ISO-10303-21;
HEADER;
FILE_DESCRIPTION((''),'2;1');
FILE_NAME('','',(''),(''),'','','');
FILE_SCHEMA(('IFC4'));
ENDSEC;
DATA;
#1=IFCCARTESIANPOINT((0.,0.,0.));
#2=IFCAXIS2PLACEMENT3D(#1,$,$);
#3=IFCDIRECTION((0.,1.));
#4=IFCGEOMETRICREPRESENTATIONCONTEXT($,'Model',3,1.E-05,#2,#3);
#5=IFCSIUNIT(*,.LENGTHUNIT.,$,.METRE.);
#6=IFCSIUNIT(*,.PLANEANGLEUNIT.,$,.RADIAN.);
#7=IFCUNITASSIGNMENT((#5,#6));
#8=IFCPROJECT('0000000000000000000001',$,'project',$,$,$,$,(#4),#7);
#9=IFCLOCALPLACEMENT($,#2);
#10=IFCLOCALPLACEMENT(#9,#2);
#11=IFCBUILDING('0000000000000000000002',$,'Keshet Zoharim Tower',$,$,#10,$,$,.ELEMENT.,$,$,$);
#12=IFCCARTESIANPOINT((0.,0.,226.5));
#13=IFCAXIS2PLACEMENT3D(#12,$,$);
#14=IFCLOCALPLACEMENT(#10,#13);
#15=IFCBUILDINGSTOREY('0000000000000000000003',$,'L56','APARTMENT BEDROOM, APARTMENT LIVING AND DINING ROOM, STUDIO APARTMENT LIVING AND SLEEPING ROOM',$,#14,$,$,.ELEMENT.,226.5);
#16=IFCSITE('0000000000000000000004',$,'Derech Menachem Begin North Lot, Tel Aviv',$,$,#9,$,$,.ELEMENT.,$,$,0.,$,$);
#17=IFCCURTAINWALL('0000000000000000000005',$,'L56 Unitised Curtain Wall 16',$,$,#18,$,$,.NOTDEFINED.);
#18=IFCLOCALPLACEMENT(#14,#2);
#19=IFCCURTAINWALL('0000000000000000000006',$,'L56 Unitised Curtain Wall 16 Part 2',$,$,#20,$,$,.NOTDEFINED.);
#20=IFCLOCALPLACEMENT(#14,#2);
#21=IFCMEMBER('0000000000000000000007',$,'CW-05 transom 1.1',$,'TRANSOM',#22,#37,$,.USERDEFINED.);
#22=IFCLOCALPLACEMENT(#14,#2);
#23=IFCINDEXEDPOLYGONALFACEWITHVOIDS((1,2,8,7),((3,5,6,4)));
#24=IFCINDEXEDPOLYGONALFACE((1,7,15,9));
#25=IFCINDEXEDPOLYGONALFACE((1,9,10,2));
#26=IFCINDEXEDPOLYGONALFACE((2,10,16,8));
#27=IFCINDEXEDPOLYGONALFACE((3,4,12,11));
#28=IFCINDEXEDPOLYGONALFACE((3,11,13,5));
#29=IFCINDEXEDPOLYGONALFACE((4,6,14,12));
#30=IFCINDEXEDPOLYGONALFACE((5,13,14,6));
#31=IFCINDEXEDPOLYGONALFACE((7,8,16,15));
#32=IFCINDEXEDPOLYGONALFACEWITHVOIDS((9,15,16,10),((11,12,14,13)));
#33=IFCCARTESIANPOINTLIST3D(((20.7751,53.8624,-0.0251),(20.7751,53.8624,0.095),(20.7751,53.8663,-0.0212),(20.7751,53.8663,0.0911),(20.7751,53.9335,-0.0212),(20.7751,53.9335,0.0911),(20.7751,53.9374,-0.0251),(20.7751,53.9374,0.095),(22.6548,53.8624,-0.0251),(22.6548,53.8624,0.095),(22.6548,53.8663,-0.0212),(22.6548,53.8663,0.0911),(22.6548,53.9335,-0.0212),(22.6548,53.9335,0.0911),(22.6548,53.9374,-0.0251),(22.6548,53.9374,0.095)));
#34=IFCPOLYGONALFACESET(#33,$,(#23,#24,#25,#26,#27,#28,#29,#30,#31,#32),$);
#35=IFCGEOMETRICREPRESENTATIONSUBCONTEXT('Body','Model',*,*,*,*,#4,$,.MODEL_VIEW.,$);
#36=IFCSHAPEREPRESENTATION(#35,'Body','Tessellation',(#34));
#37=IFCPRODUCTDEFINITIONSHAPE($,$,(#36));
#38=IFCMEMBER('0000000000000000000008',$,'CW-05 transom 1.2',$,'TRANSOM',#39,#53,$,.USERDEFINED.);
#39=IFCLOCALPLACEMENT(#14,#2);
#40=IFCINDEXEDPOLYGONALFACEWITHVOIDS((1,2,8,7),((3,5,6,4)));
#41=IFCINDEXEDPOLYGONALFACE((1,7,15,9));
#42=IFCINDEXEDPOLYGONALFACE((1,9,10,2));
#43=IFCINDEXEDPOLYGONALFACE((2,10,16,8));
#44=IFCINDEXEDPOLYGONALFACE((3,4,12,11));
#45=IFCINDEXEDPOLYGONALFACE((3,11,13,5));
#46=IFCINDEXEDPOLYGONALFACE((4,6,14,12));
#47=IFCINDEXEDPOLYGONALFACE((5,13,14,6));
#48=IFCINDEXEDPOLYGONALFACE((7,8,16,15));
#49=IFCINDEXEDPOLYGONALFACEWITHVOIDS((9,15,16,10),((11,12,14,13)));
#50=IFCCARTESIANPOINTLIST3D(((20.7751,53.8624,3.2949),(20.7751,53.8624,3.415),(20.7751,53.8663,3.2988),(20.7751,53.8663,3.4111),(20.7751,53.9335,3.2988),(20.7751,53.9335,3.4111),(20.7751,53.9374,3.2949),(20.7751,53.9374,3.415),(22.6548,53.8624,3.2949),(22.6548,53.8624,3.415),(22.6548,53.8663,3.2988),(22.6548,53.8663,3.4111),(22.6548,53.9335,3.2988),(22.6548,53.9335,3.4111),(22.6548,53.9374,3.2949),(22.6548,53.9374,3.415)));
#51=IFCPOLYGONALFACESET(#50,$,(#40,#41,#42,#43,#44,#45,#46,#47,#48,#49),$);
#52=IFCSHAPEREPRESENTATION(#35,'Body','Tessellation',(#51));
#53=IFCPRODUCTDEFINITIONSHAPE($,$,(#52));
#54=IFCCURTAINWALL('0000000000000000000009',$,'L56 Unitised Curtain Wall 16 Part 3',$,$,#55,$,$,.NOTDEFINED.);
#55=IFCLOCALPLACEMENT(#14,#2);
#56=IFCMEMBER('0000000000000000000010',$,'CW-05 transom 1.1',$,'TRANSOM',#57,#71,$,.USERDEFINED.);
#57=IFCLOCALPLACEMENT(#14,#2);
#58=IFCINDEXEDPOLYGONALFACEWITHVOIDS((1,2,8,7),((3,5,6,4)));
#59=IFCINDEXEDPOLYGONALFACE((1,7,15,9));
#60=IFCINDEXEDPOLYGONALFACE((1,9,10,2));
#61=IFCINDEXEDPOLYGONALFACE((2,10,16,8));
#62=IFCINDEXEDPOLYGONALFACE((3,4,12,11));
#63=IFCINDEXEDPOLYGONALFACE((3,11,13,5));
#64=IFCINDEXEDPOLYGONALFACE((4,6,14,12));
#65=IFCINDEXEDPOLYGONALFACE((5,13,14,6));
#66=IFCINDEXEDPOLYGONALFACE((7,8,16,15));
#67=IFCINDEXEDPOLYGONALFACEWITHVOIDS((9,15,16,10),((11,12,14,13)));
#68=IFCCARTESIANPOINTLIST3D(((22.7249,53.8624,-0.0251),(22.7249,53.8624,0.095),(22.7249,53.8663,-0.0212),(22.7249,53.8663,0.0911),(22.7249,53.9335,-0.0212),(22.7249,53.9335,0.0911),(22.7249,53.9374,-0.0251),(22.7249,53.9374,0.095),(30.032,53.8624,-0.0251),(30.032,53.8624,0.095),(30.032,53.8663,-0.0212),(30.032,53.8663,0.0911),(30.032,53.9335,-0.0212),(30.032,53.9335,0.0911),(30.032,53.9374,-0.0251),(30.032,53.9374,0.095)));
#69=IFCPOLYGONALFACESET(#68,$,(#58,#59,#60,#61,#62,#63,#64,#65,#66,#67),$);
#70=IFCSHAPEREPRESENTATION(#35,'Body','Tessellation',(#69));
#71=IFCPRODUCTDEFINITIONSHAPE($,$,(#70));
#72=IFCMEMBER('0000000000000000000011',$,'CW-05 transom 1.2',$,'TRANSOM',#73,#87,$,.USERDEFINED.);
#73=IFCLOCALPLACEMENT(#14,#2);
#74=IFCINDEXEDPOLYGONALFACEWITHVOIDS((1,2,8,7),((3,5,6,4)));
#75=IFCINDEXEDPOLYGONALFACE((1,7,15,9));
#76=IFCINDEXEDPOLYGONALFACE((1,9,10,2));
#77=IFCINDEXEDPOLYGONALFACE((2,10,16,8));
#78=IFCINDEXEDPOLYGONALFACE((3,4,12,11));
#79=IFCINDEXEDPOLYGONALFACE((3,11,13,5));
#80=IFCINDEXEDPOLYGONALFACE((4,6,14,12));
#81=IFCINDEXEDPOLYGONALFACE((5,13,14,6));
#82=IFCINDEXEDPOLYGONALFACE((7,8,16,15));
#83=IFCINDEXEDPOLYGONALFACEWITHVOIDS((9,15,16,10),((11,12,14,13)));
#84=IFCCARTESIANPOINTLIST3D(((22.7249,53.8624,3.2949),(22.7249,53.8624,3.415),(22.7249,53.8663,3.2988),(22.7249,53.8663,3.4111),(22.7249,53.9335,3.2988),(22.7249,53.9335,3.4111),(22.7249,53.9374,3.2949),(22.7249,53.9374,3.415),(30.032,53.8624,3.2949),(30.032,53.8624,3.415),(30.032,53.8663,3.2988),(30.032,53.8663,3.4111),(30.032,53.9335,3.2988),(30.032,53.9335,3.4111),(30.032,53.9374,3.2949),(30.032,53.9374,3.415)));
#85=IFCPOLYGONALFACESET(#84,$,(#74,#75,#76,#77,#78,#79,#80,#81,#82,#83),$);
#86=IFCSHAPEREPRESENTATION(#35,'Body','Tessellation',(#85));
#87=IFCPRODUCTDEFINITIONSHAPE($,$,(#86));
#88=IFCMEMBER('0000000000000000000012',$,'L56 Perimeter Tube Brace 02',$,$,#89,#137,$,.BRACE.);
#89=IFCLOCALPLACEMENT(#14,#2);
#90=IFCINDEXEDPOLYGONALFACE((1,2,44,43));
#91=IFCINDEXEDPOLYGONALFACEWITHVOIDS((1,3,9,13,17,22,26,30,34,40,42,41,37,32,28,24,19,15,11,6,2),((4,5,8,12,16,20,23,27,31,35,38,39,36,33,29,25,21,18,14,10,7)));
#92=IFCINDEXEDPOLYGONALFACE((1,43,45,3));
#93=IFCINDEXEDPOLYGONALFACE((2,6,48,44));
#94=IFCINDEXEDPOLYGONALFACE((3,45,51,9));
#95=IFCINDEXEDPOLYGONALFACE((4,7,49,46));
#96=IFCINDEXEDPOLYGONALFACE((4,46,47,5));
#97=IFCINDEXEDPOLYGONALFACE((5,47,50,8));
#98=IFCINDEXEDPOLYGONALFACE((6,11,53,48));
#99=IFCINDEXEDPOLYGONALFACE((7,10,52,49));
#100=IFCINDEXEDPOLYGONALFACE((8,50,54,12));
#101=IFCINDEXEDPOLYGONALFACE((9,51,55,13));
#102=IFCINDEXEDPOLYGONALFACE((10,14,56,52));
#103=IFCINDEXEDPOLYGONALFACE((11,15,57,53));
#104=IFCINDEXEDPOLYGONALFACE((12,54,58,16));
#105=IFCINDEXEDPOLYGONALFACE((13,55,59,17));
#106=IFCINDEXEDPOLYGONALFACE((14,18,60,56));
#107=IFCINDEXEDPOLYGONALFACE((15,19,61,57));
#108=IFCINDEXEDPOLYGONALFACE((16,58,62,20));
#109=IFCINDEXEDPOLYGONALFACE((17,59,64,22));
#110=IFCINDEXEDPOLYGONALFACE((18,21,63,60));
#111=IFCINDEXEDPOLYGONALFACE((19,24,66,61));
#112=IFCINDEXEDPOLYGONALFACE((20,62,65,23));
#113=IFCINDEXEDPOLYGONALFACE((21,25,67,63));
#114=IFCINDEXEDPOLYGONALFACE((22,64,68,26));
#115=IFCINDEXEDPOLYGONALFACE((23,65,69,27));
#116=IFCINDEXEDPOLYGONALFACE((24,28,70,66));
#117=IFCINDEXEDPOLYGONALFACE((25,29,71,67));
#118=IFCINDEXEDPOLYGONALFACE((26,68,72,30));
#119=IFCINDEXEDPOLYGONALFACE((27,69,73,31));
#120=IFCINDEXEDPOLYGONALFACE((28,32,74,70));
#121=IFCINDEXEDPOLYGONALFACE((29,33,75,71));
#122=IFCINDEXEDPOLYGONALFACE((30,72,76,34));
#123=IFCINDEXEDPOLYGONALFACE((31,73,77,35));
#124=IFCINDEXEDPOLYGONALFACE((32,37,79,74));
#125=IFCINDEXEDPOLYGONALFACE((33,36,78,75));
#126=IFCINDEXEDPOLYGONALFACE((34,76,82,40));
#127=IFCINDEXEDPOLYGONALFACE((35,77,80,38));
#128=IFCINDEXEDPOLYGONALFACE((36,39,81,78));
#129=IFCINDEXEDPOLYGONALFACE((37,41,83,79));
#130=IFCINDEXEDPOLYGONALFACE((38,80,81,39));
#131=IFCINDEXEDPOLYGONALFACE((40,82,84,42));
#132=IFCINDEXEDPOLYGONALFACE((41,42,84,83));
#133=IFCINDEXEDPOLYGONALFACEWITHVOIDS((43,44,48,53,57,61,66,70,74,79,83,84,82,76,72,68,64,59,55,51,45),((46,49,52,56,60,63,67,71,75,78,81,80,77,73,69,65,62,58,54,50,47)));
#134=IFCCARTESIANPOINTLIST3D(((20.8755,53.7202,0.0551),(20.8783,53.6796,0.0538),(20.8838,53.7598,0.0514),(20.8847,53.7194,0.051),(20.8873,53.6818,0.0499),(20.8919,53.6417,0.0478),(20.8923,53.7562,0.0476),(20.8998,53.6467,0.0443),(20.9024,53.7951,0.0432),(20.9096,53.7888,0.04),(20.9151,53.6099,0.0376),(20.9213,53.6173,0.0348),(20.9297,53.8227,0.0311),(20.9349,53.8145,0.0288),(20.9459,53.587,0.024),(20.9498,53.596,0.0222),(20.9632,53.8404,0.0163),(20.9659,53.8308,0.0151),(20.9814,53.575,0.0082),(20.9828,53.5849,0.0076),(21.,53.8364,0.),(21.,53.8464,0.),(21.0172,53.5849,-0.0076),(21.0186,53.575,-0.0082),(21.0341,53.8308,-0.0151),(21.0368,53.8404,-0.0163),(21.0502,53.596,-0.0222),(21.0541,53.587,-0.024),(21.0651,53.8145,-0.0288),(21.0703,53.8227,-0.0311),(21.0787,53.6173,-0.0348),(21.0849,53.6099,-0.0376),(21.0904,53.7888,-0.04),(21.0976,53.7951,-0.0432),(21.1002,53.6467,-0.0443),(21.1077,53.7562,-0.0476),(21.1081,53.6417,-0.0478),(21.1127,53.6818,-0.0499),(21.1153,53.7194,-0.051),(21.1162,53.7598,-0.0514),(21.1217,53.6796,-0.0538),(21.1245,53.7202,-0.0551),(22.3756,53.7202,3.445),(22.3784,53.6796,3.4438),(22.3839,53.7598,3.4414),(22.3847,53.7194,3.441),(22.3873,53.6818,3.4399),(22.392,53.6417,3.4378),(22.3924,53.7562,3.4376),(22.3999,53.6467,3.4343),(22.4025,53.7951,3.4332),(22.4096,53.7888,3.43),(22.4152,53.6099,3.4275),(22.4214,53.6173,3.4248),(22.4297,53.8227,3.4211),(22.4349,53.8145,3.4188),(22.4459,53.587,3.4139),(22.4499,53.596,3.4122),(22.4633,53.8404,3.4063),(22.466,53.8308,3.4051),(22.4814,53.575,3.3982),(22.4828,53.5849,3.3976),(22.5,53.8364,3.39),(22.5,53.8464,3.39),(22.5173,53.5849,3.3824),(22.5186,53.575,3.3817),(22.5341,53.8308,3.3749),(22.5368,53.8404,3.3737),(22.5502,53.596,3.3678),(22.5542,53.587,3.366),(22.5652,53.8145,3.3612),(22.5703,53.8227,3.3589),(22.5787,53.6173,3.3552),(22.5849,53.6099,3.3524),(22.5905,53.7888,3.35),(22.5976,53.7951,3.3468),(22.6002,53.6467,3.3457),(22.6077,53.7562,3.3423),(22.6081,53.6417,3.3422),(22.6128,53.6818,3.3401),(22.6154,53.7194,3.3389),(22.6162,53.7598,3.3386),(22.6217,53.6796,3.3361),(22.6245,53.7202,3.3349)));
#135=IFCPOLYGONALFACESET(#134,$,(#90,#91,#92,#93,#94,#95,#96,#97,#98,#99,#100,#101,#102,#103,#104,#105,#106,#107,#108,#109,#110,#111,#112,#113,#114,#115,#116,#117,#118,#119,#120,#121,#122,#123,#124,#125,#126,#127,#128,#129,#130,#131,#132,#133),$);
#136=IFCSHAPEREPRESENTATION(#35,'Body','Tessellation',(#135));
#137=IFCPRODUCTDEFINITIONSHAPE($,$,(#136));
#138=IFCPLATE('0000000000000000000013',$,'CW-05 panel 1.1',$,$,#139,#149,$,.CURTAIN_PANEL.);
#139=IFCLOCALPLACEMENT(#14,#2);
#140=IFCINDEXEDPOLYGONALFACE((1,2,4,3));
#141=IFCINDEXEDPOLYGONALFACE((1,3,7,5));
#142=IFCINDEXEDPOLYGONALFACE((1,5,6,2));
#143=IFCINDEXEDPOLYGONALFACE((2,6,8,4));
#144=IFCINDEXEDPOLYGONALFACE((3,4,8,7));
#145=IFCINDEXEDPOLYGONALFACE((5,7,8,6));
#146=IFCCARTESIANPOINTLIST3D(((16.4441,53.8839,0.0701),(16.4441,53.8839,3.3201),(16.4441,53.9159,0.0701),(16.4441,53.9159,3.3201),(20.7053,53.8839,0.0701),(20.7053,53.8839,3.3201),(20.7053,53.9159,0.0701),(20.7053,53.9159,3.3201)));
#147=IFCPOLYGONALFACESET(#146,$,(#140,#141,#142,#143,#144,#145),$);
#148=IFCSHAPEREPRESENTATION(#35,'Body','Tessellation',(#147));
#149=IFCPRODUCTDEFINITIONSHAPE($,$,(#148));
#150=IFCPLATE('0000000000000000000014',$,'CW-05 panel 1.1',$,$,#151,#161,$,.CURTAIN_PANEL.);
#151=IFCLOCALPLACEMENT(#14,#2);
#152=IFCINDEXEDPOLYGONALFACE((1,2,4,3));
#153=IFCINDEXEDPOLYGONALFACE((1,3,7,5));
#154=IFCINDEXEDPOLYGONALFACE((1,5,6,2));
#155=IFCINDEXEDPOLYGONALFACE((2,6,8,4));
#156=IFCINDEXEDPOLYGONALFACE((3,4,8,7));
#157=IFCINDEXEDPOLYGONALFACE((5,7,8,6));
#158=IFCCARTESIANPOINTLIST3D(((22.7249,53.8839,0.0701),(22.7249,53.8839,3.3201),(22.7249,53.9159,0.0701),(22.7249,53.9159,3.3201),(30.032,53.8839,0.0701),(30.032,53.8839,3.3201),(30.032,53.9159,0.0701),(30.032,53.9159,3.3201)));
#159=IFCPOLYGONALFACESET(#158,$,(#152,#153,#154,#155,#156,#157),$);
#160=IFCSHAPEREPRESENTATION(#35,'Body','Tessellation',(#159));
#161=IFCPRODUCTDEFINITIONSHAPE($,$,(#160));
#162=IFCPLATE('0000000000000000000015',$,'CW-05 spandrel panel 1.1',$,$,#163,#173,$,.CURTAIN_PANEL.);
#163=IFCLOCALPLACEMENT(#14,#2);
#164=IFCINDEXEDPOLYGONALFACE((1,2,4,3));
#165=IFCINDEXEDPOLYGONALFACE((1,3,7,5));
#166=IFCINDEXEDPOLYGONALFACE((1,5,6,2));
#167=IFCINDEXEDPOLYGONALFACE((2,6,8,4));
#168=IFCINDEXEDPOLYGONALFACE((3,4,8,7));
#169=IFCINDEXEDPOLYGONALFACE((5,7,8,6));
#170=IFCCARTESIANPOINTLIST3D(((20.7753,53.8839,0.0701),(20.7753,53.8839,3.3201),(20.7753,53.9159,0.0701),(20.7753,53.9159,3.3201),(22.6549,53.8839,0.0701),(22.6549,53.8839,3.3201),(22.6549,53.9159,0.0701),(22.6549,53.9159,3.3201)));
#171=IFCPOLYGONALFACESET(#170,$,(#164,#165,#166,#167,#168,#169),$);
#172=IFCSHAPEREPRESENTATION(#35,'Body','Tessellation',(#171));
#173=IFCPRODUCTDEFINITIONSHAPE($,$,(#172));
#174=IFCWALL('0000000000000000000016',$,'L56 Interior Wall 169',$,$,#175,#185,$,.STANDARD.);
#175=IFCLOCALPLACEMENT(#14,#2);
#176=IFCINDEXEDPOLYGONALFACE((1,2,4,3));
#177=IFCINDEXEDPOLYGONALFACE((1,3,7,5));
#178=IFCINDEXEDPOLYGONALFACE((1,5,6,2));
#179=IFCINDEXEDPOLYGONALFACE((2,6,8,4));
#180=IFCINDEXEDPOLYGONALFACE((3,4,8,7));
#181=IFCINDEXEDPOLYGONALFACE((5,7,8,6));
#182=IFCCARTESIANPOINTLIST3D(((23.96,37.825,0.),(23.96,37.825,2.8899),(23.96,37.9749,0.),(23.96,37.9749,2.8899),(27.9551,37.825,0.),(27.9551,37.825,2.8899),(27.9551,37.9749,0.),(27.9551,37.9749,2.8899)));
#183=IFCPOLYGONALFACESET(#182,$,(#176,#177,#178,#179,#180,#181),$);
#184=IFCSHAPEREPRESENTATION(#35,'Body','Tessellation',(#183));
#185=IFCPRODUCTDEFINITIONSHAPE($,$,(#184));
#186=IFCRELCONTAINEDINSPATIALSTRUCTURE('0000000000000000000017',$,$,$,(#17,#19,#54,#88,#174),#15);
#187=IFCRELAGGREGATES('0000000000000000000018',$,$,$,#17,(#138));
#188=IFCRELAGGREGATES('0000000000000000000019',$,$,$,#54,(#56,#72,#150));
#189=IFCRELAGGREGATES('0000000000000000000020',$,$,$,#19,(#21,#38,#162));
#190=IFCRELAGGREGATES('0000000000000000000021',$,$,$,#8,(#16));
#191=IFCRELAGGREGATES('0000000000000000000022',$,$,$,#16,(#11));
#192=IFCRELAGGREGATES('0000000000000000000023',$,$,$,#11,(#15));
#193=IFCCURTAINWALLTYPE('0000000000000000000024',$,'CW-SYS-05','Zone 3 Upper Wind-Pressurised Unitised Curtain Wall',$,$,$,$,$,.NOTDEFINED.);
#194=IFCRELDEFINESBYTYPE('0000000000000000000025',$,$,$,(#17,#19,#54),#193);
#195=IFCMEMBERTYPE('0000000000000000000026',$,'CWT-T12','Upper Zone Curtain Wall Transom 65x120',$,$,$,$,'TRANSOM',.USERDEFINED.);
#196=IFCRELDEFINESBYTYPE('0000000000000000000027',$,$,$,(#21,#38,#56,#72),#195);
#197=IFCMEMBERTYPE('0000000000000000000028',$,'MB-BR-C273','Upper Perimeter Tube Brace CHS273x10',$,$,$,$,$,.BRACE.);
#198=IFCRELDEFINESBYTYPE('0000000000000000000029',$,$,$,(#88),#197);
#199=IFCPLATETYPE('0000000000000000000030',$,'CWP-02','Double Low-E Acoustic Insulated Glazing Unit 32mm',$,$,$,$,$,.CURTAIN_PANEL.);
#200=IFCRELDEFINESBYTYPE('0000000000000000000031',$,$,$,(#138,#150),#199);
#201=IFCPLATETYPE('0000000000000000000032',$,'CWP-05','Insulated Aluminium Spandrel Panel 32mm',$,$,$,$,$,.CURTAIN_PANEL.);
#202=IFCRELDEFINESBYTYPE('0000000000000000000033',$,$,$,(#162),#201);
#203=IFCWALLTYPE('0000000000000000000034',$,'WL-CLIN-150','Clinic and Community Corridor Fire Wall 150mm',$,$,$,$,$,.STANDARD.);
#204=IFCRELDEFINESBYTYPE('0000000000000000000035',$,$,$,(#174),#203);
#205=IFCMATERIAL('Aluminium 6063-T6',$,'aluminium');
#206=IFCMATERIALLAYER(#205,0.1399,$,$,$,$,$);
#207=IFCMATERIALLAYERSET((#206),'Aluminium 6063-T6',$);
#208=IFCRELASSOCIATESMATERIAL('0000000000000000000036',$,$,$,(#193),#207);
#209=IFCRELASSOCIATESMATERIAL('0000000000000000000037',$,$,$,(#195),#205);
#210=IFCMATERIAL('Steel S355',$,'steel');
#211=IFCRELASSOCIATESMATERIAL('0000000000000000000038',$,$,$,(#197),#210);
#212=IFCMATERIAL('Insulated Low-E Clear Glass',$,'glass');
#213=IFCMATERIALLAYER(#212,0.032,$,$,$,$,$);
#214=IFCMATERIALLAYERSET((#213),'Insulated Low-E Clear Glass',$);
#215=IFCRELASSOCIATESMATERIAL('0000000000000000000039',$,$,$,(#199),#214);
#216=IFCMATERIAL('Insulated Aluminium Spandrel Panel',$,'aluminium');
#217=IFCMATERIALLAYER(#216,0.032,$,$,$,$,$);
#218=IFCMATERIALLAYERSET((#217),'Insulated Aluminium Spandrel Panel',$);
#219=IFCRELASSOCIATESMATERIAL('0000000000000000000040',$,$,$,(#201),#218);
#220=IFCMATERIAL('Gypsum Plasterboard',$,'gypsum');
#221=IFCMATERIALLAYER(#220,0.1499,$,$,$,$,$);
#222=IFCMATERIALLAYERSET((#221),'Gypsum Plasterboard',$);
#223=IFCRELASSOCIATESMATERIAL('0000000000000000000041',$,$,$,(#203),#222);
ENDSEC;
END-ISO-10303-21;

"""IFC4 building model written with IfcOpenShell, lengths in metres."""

from ifc_helpers import new_model, si_unit, direction, frame, frame_2d, origin, origin_2d, place, context, subcontext, project, spatial, rectangle, hollow_rectangle, hollow_circle, extrude, material, layer, layer_set, material_profile, profile_set, type_object, element, aggregate, save


model = new_model("IFC4")

# Units and contexts
model_context = context("Model", 3, precision=1e-05, world=origin(), true_north=direction((0.0, 1.0)))
body_context = subcontext(model_context, "Body", "Model", "MODEL_VIEW")
ifc_project = project(units=[si_unit("LENGTHUNIT", "METRE"), si_unit("PLANEANGLEUNIT", "RADIAN")], contexts=[model_context])

# Site, building, storey
site_placement = place(None, origin())
site = spatial("IfcSite", under=ifc_project, at=site_placement, Name="Derech Menachem Begin North Lot, Tel Aviv", CompositionType="ELEMENT", RefElevation=0.0)
building_placement = place(site_placement, origin())
building = spatial("IfcBuilding", under=site, at=building_placement, Name="Keshet Zoharim Tower", CompositionType="ELEMENT")
storey_placement = place(building_placement, frame((0.0, 0.0, 226.5)))
storey = spatial("IfcBuildingStorey", under=building, at=storey_placement, Name="L56", Description="APARTMENT BEDROOM, APARTMENT LIVING AND DINING ROOM, STUDIO APARTMENT LIVING AND SLEEPING ROOM", CompositionType="ELEMENT", Elevation=226.5)

# Shared definitions
ifc_material_1 = material(Name="Steel S355", Category="steel")

# Curtain wall
ifc_material_2 = material(Name="Aluminium 6063-T6", Category="aluminium")
ifc_layer_1 = layer(ifc_material_2, 0.1399)
ifc_layer_set_1 = layer_set([ifc_layer_1], Name="Aluminium 6063-T6")
curtain_wall_type = type_object("IfcCurtainWallType", Name="CW-SYS-05", Description="Zone 3 Upper Wind-Pressurised Unitised Curtain Wall", PredefinedType="NOTDEFINED", material=ifc_layer_set_1)
curtain_wall_1_placement = place(storey_placement, origin())
curtain_wall_1 = element("IfcCurtainWall", 1, at=curtain_wall_1_placement, inside=storey, type_object=curtain_wall_type, Name="L56 Unitised Curtain Wall 16", PredefinedType="NOTDEFINED")

# Curtain walls, members
curtain_wall_2_placement = place(storey_placement, origin())
curtain_wall_2 = element("IfcCurtainWall", 2, at=curtain_wall_2_placement, inside=storey, type_object=curtain_wall_type, Name="L56 Unitised Curtain Wall 16 Part 2", PredefinedType="NOTDEFINED")
ifc_material_profile_1 = material_profile(ifc_material_2, hollow_rectangle(XDim=0.075, YDim=0.1201, WallThickness=0.0039, at=origin_2d()), Name="TRN-75x120")
ifc_profile_set_1 = profile_set([ifc_material_profile_1], Name="Aluminium 6063-T6")
member_type_1 = type_object("IfcMemberType", Name="CWT-T12", Description="Upper Zone Curtain Wall Transom 65x120", ElementType="TRANSOM", PredefinedType="USERDEFINED", material=ifc_profile_set_1)
member_1_placement = place(storey_placement, frame((20.7751, 53.8999, 0.0349), z_axis=(1.0, 0.0, 0.0), x_axis=(0.0, 1.0, 0.0)))
member_1 = element("IfcMember", 3, at=member_1_placement, type_object=member_type_1, Name="CW-05 transom 1.1", ObjectType="TRANSOM", PredefinedType="USERDEFINED", context=body_context, shape_type="SweptSolid", body=[
    extrude(hollow_rectangle(XDim=0.075, YDim=0.1201, WallThickness=0.0039, at=origin_2d()), origin(), (0.0, 0.0, 1.0), 1.8796),
])
member_2_placement = place(storey_placement, frame((20.7751, 53.8999, 3.355), z_axis=(1.0, 0.0, 0.0), x_axis=(0.0, 1.0, 0.0)))
member_2 = element("IfcMember", 4, at=member_2_placement, type_object=member_type_1, Name="CW-05 transom 1.2", ObjectType="TRANSOM", PredefinedType="USERDEFINED", context=body_context, shape_type="SweptSolid", body=[
    extrude(hollow_rectangle(XDim=0.075, YDim=0.1201, WallThickness=0.0039, at=origin_2d()), origin(), (0.0, 0.0, 1.0), 1.8796),
])
curtain_wall_3_placement = place(storey_placement, origin())
curtain_wall_3 = element("IfcCurtainWall", 5, at=curtain_wall_3_placement, inside=storey, type_object=curtain_wall_type, Name="L56 Unitised Curtain Wall 16 Part 3", PredefinedType="NOTDEFINED")
member_3_placement = place(storey_placement, frame((22.7249, 53.8999, 0.0349), z_axis=(1.0, 0.0, 0.0), x_axis=(0.0, 1.0, 0.0)))
member_3 = element("IfcMember", 6, at=member_3_placement, type_object=member_type_1, Name="CW-05 transom 1.1", ObjectType="TRANSOM", PredefinedType="USERDEFINED", context=body_context, shape_type="SweptSolid", body=[
    extrude(hollow_rectangle(XDim=0.075, YDim=0.1201, WallThickness=0.0039, at=origin_2d()), origin(), (0.0, 0.0, 1.0), 7.3071),
])
member_4_placement = place(storey_placement, frame((22.7249, 53.8999, 3.355), z_axis=(1.0, 0.0, 0.0), x_axis=(0.0, 1.0, 0.0)))
member_4 = element("IfcMember", 7, at=member_4_placement, type_object=member_type_1, Name="CW-05 transom 1.2", ObjectType="TRANSOM", PredefinedType="USERDEFINED", context=body_context, shape_type="SweptSolid", body=[
    extrude(hollow_rectangle(XDim=0.075, YDim=0.1201, WallThickness=0.0039, at=origin_2d()), origin(), (0.0, 0.0, 1.0), 7.3071),
])

# Member
ifc_material_profile_2 = material_profile(ifc_material_1, hollow_circle(Radius=0.1365, WallThickness=0.01, at=origin_2d()), Name="CHS273x10")
ifc_profile_set_2 = profile_set([ifc_material_profile_2], Name="Steel S355")
member_type_2 = type_object("IfcMemberType", Name="MB-BR-C273", Description="Upper Perimeter Tube Brace CHS273x10", PredefinedType="BRACE", material=ifc_profile_set_2)
member_5_placement = place(storey_placement, frame((21.0, 53.71, 0.0), z_axis=(0.404647, 0.0, 0.914473), x_axis=(0.0, 1.0, 0.0)))
element("IfcMember", 8, at=member_5_placement, inside=storey, type_object=member_type_2, Name="L56 Perimeter Tube Brace 02", PredefinedType="BRACE", context=body_context, shape_type="SweptSolid", body=[
    extrude(hollow_circle(Radius=0.1365, WallThickness=0.01, at=origin_2d()), origin(), (0.0, 0.0, 1.0), 3.707),
])

# Plates
ifc_material_3 = material(Name="Insulated Low-E Clear Glass", Category="glass")
ifc_layer_2 = layer(ifc_material_3, 0.032)
ifc_layer_set_2 = layer_set([ifc_layer_2], Name="Insulated Low-E Clear Glass")
plate_type_1 = type_object("IfcPlateType", Name="CWP-02", Description="Double Low-E Acoustic Insulated Glazing Unit 32mm", PredefinedType="CURTAIN_PANEL", material=ifc_layer_set_2)
plate_1_placement = place(storey_placement, frame((18.5747, 53.8999, 0.0701), z_axis=(0.0, 0.0, 1.0), x_axis=(1.0, 0.0, 0.0)))
plate_1 = element("IfcPlate", 9, at=plate_1_placement, type_object=plate_type_1, Name="CW-05 panel 1.1", PredefinedType="CURTAIN_PANEL", context=body_context, shape_type="SweptSolid", body=[
    extrude(rectangle(XDim=4.2612, YDim=0.032, at=origin_2d()), origin(), (0.0, 0.0, 1.0), 3.25),
])
aggregate(curtain_wall_1, [plate_1])
plate_2_placement = place(storey_placement, frame((26.3784, 53.8999, 0.0701), z_axis=(0.0, 0.0, 1.0), x_axis=(1.0, 0.0, 0.0)))
plate_2 = element("IfcPlate", 10, at=plate_2_placement, type_object=plate_type_1, Name="CW-05 panel 1.1", PredefinedType="CURTAIN_PANEL", context=body_context, shape_type="SweptSolid", body=[
    extrude(rectangle(XDim=7.3071, YDim=0.032, at=origin_2d()), origin(), (0.0, 0.0, 1.0), 3.25),
])
aggregate(curtain_wall_3, [member_3, member_4, plate_2])
ifc_material_4 = material(Name="Insulated Aluminium Spandrel Panel", Category="aluminium")
ifc_layer_3 = layer(ifc_material_4, 0.032)
ifc_layer_set_3 = layer_set([ifc_layer_3], Name="Insulated Aluminium Spandrel Panel")
plate_type_2 = type_object("IfcPlateType", Name="CWP-05", Description="Insulated Aluminium Spandrel Panel 32mm", PredefinedType="CURTAIN_PANEL", material=ifc_layer_set_3)
plate_3_placement = place(storey_placement, frame((21.7151, 53.8999, 0.0701), z_axis=(0.0, 0.0, 1.0), x_axis=(1.0, 0.0, 0.0)))
plate_3 = element("IfcPlate", 11, at=plate_3_placement, type_object=plate_type_2, Name="CW-05 spandrel panel 1.1", PredefinedType="CURTAIN_PANEL", context=body_context, shape_type="SweptSolid", body=[
    extrude(rectangle(XDim=1.8796, YDim=0.032, at=origin_2d()), origin(), (0.0, 0.0, 1.0), 3.25),
])
aggregate(curtain_wall_2, [member_1, member_2, plate_3])

# Wall
ifc_material_5 = material(Name="Gypsum Plasterboard", Category="gypsum")
ifc_layer_4 = layer(ifc_material_5, 0.1499)
ifc_layer_set_4 = layer_set([ifc_layer_4], Name="Gypsum Plasterboard")
wall_type_1 = type_object("IfcWallType", Name="WL-CLIN-150", Description="Clinic and Community Corridor Fire Wall 150mm", PredefinedType="STANDARD", material=ifc_layer_set_4)
wall_1_placement = place(storey_placement, frame((23.96, 37.8999, 0.0), z_axis=(0.0, 0.0, 1.0), x_axis=(1.0, 0.0, 0.0)))
element("IfcWall", 12, at=wall_1_placement, inside=storey, type_object=wall_type_1, Name="L56 Interior Wall 169", PredefinedType="STANDARD", context=body_context, shape_type="SweptSolid", body=[
    extrude(rectangle(XDim=3.9951, YDim=0.1499, at=frame_2d((1.9976, 0.0))), origin(), (0.0, 0.0, 1.0), 2.8899),
])

save(model, "model.ifc")
